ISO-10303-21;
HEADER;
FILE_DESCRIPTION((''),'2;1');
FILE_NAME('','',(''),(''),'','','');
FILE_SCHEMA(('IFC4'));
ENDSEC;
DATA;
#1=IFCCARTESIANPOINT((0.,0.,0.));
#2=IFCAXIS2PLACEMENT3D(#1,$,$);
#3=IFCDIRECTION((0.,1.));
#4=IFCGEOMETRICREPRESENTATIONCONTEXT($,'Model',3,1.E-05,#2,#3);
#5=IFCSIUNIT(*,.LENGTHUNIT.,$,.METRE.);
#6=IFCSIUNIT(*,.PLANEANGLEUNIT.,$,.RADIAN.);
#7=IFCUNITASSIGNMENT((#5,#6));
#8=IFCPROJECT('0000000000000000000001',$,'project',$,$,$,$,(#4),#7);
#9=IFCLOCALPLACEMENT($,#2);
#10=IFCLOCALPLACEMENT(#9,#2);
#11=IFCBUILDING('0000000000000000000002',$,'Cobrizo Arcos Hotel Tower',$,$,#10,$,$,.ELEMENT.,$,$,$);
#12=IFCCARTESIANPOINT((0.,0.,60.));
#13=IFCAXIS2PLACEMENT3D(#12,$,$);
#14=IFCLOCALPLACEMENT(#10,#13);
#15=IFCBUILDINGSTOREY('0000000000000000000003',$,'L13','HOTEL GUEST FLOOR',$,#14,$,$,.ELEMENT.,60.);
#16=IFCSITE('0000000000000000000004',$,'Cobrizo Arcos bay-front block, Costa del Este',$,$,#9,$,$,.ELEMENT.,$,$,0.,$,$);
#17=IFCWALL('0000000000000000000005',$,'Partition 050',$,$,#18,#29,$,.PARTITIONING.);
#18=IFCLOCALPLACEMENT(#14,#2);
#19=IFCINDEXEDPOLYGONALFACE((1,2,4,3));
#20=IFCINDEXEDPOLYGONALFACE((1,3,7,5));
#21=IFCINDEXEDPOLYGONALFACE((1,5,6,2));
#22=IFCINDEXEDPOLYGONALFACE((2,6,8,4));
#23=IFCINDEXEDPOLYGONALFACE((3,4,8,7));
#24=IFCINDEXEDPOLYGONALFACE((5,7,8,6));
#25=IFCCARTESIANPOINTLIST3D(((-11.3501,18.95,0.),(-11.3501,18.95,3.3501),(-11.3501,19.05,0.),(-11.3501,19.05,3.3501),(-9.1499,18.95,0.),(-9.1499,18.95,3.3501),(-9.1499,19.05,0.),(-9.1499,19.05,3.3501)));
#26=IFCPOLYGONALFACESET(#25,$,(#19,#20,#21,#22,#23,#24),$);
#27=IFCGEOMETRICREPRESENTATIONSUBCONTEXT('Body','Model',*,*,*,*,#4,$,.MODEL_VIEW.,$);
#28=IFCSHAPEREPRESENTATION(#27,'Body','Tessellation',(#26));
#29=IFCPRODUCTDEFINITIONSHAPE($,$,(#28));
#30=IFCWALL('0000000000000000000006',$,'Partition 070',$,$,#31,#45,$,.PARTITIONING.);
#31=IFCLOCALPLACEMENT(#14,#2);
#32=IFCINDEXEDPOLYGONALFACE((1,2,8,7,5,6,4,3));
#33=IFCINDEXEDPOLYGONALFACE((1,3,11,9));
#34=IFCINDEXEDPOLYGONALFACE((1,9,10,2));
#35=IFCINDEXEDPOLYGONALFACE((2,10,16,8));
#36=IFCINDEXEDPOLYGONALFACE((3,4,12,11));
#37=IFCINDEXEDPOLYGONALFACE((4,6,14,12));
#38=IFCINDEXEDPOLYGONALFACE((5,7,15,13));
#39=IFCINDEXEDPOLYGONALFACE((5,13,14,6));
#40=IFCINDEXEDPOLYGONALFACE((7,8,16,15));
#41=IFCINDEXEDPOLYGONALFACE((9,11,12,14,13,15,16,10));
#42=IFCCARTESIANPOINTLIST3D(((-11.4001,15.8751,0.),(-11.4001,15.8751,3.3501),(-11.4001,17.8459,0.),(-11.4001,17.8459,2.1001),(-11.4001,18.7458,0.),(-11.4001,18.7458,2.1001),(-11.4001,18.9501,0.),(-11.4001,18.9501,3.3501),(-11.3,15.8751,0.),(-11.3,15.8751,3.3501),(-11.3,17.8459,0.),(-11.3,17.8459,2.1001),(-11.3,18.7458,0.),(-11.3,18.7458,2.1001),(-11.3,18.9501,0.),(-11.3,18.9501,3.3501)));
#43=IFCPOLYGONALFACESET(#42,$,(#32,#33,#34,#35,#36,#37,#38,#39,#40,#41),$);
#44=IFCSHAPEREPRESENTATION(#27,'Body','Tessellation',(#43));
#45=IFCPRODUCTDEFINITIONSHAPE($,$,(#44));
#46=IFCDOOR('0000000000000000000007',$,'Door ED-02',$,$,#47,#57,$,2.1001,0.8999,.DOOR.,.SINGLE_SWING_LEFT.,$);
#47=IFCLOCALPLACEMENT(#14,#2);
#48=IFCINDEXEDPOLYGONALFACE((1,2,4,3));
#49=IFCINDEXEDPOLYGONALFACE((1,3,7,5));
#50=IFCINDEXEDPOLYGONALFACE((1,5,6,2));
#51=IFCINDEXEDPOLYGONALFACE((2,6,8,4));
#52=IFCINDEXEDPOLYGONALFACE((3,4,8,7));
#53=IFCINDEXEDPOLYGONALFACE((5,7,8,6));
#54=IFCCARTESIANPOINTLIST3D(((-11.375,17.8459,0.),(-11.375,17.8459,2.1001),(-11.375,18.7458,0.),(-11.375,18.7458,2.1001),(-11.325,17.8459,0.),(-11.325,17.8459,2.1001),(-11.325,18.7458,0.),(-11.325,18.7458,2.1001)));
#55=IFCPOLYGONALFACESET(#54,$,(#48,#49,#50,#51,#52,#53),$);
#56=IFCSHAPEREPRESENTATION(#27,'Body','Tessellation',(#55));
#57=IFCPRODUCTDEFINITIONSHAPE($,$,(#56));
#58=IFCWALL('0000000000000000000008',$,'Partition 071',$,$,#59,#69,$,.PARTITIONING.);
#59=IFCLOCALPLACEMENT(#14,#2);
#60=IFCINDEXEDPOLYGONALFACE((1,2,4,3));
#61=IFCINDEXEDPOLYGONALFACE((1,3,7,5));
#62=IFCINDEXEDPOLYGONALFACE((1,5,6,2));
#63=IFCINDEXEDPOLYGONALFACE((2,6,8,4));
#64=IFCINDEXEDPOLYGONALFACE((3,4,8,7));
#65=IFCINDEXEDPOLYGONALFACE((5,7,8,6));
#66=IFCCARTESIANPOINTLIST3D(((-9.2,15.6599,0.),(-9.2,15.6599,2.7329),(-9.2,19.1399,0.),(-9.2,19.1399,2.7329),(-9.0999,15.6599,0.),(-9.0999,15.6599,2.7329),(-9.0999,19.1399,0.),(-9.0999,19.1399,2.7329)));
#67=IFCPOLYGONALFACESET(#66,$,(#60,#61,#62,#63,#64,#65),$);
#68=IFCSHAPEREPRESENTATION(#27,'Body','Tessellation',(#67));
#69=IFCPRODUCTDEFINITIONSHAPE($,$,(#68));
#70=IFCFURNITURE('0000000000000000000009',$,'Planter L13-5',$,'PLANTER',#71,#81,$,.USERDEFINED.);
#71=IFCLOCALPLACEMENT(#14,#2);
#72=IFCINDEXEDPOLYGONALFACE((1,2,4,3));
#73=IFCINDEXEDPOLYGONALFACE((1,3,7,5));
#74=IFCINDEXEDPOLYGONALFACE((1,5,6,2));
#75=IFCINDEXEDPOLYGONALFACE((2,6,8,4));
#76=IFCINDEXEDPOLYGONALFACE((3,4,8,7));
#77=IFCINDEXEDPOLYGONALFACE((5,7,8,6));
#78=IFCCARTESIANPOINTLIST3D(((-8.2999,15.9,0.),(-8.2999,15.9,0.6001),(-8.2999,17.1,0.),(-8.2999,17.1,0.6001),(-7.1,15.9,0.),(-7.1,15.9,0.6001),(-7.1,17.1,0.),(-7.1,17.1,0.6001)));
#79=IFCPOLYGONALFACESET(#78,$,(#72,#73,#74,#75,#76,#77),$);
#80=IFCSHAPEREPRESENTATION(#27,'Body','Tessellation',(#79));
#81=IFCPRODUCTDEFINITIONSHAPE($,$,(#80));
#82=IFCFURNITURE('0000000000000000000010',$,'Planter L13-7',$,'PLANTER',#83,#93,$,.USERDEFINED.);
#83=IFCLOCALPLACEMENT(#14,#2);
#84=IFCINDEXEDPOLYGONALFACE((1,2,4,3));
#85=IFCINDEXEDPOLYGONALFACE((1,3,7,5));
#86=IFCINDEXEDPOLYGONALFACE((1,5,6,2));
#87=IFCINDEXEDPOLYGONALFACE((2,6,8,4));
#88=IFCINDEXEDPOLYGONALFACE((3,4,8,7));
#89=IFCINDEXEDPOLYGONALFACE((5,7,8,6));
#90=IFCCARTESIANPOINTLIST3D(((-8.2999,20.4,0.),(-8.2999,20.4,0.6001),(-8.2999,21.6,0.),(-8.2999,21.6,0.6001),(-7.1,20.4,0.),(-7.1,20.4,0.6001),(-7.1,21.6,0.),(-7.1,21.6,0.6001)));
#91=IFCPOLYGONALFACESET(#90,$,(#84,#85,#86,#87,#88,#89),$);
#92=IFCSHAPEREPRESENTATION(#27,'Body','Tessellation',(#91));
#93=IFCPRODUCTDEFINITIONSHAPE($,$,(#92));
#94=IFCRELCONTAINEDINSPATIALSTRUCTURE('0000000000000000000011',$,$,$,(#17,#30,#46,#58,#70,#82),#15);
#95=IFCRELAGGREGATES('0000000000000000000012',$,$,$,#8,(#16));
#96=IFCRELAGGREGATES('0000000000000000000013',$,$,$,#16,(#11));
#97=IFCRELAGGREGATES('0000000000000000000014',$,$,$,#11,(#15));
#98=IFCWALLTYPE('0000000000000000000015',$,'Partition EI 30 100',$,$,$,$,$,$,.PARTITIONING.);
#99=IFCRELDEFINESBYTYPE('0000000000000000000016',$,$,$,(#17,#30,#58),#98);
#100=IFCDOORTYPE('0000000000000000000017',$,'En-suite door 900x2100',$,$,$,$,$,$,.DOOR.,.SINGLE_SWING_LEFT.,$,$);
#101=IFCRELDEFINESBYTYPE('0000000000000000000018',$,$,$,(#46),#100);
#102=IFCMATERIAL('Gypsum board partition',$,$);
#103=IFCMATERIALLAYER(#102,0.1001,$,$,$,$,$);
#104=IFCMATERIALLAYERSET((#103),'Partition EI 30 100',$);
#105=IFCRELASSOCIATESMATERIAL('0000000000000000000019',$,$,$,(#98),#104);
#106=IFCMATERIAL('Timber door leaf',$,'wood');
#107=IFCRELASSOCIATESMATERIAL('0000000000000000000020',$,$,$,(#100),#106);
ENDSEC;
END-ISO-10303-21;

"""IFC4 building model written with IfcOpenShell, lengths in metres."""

from ifc_helpers import new_model, si_unit, direction, frame, frame_2d, origin, origin_2d, place, context, subcontext, project, spatial, rectangle, extrude, material, layer, layer_set, type_object, element, fill, save


model = new_model("IFC4")

# Units and contexts
model_context = context("Model", 3, precision=1e-05, world=origin(), true_north=direction((0.0, 1.0)))
body_context = subcontext(model_context, "Body", "Model", "MODEL_VIEW")
ifc_project = project(units=[si_unit("LENGTHUNIT", "METRE"), si_unit("PLANEANGLEUNIT", "RADIAN")], contexts=[model_context])

# Site, building, storey
site_placement = place(None, origin())
site = spatial("IfcSite", under=ifc_project, at=site_placement, Name="Cobrizo Arcos bay-front block, Costa del Este", CompositionType="ELEMENT", RefElevation=0.0)
building_placement = place(site_placement, origin())
building = spatial("IfcBuilding", under=site, at=building_placement, Name="Cobrizo Arcos Hotel Tower", CompositionType="ELEMENT")
storey_placement = place(building_placement, frame((0.0, 0.0, 60.0)))
storey = spatial("IfcBuildingStorey", under=building, at=storey_placement, Name="L13", Description="HOTEL GUEST FLOOR", CompositionType="ELEMENT", Elevation=60.0)

# Shared definitions
ifc_material_1 = material(Name="Gypsum board partition")
ifc_material_2 = material(Name="Timber door leaf", Category="wood")

# Wall
ifc_layer_1 = layer(ifc_material_1, 0.1001)
ifc_layer_set_1 = layer_set([ifc_layer_1], Name="Partition EI 30 100")
wall_type_1 = type_object("IfcWallType", Name="Partition EI 30 100", PredefinedType="PARTITIONING", material=ifc_layer_set_1)
wall_1_placement = place(storey_placement, frame((-11.3501, 19.0, 0.0), z_axis=(0.0, 0.0, 1.0), x_axis=(1.0, 0.0, 0.0)))
element("IfcWall", 1, at=wall_1_placement, inside=storey, type_object=wall_type_1, Name="Partition 050", PredefinedType="PARTITIONING", context=body_context, shape_type="SweptSolid", body=[
    extrude(rectangle(XDim=2.2002, YDim=0.1001, at=frame_2d((1.1001, 0.0))), origin(), (0.0, 0.0, 1.0), 3.3501),
])

# Wall, opening, door
wall_2_placement = place(storey_placement, frame((-11.3501, 15.875, 0.0), z_axis=(0.0, 0.0, 1.0), x_axis=(0.0, 1.0, 0.0)))
wall_2 = element("IfcWall", 2, at=wall_2_placement, inside=storey, type_object=wall_type_1, Name="Partition 070", PredefinedType="PARTITIONING", context=body_context, shape_type="SweptSolid", body=[
    extrude(rectangle(XDim=3.075, YDim=0.1001, at=frame_2d((1.5376, 0.0))), origin(), (0.0, 0.0, 1.0), 3.3501),
])
opening_1_placement = place(wall_2_placement, frame((1.9709, 0.0, 0.0)))
opening_1 = element("IfcOpeningElement", 3, at=opening_1_placement, cuts=wall_2, PredefinedType="OPENING", context=body_context, shape_type="SweptSolid", body=[
    extrude(rectangle(XDim=0.8999, YDim=2.1001, at=frame_2d((0.45, 1.05))), frame((0.0, 0.062, 0.0), z_axis=(0.0, -1.0, 0.0), x_axis=(1.0, 0.0, 0.0)), (0.0, 0.0, 1.0), 0.124),
])
door_type_1 = type_object("IfcDoorType", Name="En-suite door 900x2100", OperationType="SINGLE_SWING_LEFT", PredefinedType="DOOR", material=ifc_material_2)
door_1_placement = place(opening_1_placement, origin())
door_1 = element("IfcDoor", 4, at=door_1_placement, inside=storey, type_object=door_type_1, Name="Door ED-02", OperationType="SINGLE_SWING_LEFT", OverallHeight=2.1001, OverallWidth=0.8999, PredefinedType="DOOR", context=body_context, shape_type="SweptSolid", body=[
    extrude(rectangle(XDim=0.8999, YDim=2.1001, at=frame_2d((0.45, 1.05))), frame((0.0, 0.0249, 0.0), z_axis=(0.0, -1.0, 0.0), x_axis=(1.0, 0.0, 0.0)), (0.0, 0.0, 1.0), 0.05),
])
fill(opening_1, door_1)

# Wall
wall_3_placement = place(storey_placement, frame((-9.1499, 15.6599, 0.0), z_axis=(0.0, 0.0, 1.0), x_axis=(0.0, 1.0, 0.0)))
element("IfcWall", 5, at=wall_3_placement, inside=storey, type_object=wall_type_1, Name="Partition 071", PredefinedType="PARTITIONING", context=body_context, shape_type="SweptSolid", body=[
    extrude(rectangle(XDim=3.48, YDim=0.1001, at=frame_2d((1.74, 0.0))), origin(), (0.0, 0.0, 1.0), 2.7329),
])

# Furniture
for number, where, z_axis, x_axis, name in (
    (6, (-7.7, 16.5, 0.0), (0.0, 0.0, 1.0), (1.0, 0.0, 0.0), "Planter L13-5"),
    (7, (-7.7, 21.0, 0.0), (0.0, 0.0, 1.0), (1.0, 0.0, 0.0), "Planter L13-7"),
):
    element("IfcFurniture", number, at=place(storey_placement, frame(where, z_axis=z_axis, x_axis=x_axis)), inside=storey, Name=name, ObjectType="PLANTER", PredefinedType="USERDEFINED", context=body_context, shape_type="SweptSolid", body=[
        extrude(rectangle(XDim=1.2, YDim=1.2, at=origin_2d()), origin(), (0.0, 0.0, 1.0), 0.6001),
    ])

save(model, "model.ifc")
